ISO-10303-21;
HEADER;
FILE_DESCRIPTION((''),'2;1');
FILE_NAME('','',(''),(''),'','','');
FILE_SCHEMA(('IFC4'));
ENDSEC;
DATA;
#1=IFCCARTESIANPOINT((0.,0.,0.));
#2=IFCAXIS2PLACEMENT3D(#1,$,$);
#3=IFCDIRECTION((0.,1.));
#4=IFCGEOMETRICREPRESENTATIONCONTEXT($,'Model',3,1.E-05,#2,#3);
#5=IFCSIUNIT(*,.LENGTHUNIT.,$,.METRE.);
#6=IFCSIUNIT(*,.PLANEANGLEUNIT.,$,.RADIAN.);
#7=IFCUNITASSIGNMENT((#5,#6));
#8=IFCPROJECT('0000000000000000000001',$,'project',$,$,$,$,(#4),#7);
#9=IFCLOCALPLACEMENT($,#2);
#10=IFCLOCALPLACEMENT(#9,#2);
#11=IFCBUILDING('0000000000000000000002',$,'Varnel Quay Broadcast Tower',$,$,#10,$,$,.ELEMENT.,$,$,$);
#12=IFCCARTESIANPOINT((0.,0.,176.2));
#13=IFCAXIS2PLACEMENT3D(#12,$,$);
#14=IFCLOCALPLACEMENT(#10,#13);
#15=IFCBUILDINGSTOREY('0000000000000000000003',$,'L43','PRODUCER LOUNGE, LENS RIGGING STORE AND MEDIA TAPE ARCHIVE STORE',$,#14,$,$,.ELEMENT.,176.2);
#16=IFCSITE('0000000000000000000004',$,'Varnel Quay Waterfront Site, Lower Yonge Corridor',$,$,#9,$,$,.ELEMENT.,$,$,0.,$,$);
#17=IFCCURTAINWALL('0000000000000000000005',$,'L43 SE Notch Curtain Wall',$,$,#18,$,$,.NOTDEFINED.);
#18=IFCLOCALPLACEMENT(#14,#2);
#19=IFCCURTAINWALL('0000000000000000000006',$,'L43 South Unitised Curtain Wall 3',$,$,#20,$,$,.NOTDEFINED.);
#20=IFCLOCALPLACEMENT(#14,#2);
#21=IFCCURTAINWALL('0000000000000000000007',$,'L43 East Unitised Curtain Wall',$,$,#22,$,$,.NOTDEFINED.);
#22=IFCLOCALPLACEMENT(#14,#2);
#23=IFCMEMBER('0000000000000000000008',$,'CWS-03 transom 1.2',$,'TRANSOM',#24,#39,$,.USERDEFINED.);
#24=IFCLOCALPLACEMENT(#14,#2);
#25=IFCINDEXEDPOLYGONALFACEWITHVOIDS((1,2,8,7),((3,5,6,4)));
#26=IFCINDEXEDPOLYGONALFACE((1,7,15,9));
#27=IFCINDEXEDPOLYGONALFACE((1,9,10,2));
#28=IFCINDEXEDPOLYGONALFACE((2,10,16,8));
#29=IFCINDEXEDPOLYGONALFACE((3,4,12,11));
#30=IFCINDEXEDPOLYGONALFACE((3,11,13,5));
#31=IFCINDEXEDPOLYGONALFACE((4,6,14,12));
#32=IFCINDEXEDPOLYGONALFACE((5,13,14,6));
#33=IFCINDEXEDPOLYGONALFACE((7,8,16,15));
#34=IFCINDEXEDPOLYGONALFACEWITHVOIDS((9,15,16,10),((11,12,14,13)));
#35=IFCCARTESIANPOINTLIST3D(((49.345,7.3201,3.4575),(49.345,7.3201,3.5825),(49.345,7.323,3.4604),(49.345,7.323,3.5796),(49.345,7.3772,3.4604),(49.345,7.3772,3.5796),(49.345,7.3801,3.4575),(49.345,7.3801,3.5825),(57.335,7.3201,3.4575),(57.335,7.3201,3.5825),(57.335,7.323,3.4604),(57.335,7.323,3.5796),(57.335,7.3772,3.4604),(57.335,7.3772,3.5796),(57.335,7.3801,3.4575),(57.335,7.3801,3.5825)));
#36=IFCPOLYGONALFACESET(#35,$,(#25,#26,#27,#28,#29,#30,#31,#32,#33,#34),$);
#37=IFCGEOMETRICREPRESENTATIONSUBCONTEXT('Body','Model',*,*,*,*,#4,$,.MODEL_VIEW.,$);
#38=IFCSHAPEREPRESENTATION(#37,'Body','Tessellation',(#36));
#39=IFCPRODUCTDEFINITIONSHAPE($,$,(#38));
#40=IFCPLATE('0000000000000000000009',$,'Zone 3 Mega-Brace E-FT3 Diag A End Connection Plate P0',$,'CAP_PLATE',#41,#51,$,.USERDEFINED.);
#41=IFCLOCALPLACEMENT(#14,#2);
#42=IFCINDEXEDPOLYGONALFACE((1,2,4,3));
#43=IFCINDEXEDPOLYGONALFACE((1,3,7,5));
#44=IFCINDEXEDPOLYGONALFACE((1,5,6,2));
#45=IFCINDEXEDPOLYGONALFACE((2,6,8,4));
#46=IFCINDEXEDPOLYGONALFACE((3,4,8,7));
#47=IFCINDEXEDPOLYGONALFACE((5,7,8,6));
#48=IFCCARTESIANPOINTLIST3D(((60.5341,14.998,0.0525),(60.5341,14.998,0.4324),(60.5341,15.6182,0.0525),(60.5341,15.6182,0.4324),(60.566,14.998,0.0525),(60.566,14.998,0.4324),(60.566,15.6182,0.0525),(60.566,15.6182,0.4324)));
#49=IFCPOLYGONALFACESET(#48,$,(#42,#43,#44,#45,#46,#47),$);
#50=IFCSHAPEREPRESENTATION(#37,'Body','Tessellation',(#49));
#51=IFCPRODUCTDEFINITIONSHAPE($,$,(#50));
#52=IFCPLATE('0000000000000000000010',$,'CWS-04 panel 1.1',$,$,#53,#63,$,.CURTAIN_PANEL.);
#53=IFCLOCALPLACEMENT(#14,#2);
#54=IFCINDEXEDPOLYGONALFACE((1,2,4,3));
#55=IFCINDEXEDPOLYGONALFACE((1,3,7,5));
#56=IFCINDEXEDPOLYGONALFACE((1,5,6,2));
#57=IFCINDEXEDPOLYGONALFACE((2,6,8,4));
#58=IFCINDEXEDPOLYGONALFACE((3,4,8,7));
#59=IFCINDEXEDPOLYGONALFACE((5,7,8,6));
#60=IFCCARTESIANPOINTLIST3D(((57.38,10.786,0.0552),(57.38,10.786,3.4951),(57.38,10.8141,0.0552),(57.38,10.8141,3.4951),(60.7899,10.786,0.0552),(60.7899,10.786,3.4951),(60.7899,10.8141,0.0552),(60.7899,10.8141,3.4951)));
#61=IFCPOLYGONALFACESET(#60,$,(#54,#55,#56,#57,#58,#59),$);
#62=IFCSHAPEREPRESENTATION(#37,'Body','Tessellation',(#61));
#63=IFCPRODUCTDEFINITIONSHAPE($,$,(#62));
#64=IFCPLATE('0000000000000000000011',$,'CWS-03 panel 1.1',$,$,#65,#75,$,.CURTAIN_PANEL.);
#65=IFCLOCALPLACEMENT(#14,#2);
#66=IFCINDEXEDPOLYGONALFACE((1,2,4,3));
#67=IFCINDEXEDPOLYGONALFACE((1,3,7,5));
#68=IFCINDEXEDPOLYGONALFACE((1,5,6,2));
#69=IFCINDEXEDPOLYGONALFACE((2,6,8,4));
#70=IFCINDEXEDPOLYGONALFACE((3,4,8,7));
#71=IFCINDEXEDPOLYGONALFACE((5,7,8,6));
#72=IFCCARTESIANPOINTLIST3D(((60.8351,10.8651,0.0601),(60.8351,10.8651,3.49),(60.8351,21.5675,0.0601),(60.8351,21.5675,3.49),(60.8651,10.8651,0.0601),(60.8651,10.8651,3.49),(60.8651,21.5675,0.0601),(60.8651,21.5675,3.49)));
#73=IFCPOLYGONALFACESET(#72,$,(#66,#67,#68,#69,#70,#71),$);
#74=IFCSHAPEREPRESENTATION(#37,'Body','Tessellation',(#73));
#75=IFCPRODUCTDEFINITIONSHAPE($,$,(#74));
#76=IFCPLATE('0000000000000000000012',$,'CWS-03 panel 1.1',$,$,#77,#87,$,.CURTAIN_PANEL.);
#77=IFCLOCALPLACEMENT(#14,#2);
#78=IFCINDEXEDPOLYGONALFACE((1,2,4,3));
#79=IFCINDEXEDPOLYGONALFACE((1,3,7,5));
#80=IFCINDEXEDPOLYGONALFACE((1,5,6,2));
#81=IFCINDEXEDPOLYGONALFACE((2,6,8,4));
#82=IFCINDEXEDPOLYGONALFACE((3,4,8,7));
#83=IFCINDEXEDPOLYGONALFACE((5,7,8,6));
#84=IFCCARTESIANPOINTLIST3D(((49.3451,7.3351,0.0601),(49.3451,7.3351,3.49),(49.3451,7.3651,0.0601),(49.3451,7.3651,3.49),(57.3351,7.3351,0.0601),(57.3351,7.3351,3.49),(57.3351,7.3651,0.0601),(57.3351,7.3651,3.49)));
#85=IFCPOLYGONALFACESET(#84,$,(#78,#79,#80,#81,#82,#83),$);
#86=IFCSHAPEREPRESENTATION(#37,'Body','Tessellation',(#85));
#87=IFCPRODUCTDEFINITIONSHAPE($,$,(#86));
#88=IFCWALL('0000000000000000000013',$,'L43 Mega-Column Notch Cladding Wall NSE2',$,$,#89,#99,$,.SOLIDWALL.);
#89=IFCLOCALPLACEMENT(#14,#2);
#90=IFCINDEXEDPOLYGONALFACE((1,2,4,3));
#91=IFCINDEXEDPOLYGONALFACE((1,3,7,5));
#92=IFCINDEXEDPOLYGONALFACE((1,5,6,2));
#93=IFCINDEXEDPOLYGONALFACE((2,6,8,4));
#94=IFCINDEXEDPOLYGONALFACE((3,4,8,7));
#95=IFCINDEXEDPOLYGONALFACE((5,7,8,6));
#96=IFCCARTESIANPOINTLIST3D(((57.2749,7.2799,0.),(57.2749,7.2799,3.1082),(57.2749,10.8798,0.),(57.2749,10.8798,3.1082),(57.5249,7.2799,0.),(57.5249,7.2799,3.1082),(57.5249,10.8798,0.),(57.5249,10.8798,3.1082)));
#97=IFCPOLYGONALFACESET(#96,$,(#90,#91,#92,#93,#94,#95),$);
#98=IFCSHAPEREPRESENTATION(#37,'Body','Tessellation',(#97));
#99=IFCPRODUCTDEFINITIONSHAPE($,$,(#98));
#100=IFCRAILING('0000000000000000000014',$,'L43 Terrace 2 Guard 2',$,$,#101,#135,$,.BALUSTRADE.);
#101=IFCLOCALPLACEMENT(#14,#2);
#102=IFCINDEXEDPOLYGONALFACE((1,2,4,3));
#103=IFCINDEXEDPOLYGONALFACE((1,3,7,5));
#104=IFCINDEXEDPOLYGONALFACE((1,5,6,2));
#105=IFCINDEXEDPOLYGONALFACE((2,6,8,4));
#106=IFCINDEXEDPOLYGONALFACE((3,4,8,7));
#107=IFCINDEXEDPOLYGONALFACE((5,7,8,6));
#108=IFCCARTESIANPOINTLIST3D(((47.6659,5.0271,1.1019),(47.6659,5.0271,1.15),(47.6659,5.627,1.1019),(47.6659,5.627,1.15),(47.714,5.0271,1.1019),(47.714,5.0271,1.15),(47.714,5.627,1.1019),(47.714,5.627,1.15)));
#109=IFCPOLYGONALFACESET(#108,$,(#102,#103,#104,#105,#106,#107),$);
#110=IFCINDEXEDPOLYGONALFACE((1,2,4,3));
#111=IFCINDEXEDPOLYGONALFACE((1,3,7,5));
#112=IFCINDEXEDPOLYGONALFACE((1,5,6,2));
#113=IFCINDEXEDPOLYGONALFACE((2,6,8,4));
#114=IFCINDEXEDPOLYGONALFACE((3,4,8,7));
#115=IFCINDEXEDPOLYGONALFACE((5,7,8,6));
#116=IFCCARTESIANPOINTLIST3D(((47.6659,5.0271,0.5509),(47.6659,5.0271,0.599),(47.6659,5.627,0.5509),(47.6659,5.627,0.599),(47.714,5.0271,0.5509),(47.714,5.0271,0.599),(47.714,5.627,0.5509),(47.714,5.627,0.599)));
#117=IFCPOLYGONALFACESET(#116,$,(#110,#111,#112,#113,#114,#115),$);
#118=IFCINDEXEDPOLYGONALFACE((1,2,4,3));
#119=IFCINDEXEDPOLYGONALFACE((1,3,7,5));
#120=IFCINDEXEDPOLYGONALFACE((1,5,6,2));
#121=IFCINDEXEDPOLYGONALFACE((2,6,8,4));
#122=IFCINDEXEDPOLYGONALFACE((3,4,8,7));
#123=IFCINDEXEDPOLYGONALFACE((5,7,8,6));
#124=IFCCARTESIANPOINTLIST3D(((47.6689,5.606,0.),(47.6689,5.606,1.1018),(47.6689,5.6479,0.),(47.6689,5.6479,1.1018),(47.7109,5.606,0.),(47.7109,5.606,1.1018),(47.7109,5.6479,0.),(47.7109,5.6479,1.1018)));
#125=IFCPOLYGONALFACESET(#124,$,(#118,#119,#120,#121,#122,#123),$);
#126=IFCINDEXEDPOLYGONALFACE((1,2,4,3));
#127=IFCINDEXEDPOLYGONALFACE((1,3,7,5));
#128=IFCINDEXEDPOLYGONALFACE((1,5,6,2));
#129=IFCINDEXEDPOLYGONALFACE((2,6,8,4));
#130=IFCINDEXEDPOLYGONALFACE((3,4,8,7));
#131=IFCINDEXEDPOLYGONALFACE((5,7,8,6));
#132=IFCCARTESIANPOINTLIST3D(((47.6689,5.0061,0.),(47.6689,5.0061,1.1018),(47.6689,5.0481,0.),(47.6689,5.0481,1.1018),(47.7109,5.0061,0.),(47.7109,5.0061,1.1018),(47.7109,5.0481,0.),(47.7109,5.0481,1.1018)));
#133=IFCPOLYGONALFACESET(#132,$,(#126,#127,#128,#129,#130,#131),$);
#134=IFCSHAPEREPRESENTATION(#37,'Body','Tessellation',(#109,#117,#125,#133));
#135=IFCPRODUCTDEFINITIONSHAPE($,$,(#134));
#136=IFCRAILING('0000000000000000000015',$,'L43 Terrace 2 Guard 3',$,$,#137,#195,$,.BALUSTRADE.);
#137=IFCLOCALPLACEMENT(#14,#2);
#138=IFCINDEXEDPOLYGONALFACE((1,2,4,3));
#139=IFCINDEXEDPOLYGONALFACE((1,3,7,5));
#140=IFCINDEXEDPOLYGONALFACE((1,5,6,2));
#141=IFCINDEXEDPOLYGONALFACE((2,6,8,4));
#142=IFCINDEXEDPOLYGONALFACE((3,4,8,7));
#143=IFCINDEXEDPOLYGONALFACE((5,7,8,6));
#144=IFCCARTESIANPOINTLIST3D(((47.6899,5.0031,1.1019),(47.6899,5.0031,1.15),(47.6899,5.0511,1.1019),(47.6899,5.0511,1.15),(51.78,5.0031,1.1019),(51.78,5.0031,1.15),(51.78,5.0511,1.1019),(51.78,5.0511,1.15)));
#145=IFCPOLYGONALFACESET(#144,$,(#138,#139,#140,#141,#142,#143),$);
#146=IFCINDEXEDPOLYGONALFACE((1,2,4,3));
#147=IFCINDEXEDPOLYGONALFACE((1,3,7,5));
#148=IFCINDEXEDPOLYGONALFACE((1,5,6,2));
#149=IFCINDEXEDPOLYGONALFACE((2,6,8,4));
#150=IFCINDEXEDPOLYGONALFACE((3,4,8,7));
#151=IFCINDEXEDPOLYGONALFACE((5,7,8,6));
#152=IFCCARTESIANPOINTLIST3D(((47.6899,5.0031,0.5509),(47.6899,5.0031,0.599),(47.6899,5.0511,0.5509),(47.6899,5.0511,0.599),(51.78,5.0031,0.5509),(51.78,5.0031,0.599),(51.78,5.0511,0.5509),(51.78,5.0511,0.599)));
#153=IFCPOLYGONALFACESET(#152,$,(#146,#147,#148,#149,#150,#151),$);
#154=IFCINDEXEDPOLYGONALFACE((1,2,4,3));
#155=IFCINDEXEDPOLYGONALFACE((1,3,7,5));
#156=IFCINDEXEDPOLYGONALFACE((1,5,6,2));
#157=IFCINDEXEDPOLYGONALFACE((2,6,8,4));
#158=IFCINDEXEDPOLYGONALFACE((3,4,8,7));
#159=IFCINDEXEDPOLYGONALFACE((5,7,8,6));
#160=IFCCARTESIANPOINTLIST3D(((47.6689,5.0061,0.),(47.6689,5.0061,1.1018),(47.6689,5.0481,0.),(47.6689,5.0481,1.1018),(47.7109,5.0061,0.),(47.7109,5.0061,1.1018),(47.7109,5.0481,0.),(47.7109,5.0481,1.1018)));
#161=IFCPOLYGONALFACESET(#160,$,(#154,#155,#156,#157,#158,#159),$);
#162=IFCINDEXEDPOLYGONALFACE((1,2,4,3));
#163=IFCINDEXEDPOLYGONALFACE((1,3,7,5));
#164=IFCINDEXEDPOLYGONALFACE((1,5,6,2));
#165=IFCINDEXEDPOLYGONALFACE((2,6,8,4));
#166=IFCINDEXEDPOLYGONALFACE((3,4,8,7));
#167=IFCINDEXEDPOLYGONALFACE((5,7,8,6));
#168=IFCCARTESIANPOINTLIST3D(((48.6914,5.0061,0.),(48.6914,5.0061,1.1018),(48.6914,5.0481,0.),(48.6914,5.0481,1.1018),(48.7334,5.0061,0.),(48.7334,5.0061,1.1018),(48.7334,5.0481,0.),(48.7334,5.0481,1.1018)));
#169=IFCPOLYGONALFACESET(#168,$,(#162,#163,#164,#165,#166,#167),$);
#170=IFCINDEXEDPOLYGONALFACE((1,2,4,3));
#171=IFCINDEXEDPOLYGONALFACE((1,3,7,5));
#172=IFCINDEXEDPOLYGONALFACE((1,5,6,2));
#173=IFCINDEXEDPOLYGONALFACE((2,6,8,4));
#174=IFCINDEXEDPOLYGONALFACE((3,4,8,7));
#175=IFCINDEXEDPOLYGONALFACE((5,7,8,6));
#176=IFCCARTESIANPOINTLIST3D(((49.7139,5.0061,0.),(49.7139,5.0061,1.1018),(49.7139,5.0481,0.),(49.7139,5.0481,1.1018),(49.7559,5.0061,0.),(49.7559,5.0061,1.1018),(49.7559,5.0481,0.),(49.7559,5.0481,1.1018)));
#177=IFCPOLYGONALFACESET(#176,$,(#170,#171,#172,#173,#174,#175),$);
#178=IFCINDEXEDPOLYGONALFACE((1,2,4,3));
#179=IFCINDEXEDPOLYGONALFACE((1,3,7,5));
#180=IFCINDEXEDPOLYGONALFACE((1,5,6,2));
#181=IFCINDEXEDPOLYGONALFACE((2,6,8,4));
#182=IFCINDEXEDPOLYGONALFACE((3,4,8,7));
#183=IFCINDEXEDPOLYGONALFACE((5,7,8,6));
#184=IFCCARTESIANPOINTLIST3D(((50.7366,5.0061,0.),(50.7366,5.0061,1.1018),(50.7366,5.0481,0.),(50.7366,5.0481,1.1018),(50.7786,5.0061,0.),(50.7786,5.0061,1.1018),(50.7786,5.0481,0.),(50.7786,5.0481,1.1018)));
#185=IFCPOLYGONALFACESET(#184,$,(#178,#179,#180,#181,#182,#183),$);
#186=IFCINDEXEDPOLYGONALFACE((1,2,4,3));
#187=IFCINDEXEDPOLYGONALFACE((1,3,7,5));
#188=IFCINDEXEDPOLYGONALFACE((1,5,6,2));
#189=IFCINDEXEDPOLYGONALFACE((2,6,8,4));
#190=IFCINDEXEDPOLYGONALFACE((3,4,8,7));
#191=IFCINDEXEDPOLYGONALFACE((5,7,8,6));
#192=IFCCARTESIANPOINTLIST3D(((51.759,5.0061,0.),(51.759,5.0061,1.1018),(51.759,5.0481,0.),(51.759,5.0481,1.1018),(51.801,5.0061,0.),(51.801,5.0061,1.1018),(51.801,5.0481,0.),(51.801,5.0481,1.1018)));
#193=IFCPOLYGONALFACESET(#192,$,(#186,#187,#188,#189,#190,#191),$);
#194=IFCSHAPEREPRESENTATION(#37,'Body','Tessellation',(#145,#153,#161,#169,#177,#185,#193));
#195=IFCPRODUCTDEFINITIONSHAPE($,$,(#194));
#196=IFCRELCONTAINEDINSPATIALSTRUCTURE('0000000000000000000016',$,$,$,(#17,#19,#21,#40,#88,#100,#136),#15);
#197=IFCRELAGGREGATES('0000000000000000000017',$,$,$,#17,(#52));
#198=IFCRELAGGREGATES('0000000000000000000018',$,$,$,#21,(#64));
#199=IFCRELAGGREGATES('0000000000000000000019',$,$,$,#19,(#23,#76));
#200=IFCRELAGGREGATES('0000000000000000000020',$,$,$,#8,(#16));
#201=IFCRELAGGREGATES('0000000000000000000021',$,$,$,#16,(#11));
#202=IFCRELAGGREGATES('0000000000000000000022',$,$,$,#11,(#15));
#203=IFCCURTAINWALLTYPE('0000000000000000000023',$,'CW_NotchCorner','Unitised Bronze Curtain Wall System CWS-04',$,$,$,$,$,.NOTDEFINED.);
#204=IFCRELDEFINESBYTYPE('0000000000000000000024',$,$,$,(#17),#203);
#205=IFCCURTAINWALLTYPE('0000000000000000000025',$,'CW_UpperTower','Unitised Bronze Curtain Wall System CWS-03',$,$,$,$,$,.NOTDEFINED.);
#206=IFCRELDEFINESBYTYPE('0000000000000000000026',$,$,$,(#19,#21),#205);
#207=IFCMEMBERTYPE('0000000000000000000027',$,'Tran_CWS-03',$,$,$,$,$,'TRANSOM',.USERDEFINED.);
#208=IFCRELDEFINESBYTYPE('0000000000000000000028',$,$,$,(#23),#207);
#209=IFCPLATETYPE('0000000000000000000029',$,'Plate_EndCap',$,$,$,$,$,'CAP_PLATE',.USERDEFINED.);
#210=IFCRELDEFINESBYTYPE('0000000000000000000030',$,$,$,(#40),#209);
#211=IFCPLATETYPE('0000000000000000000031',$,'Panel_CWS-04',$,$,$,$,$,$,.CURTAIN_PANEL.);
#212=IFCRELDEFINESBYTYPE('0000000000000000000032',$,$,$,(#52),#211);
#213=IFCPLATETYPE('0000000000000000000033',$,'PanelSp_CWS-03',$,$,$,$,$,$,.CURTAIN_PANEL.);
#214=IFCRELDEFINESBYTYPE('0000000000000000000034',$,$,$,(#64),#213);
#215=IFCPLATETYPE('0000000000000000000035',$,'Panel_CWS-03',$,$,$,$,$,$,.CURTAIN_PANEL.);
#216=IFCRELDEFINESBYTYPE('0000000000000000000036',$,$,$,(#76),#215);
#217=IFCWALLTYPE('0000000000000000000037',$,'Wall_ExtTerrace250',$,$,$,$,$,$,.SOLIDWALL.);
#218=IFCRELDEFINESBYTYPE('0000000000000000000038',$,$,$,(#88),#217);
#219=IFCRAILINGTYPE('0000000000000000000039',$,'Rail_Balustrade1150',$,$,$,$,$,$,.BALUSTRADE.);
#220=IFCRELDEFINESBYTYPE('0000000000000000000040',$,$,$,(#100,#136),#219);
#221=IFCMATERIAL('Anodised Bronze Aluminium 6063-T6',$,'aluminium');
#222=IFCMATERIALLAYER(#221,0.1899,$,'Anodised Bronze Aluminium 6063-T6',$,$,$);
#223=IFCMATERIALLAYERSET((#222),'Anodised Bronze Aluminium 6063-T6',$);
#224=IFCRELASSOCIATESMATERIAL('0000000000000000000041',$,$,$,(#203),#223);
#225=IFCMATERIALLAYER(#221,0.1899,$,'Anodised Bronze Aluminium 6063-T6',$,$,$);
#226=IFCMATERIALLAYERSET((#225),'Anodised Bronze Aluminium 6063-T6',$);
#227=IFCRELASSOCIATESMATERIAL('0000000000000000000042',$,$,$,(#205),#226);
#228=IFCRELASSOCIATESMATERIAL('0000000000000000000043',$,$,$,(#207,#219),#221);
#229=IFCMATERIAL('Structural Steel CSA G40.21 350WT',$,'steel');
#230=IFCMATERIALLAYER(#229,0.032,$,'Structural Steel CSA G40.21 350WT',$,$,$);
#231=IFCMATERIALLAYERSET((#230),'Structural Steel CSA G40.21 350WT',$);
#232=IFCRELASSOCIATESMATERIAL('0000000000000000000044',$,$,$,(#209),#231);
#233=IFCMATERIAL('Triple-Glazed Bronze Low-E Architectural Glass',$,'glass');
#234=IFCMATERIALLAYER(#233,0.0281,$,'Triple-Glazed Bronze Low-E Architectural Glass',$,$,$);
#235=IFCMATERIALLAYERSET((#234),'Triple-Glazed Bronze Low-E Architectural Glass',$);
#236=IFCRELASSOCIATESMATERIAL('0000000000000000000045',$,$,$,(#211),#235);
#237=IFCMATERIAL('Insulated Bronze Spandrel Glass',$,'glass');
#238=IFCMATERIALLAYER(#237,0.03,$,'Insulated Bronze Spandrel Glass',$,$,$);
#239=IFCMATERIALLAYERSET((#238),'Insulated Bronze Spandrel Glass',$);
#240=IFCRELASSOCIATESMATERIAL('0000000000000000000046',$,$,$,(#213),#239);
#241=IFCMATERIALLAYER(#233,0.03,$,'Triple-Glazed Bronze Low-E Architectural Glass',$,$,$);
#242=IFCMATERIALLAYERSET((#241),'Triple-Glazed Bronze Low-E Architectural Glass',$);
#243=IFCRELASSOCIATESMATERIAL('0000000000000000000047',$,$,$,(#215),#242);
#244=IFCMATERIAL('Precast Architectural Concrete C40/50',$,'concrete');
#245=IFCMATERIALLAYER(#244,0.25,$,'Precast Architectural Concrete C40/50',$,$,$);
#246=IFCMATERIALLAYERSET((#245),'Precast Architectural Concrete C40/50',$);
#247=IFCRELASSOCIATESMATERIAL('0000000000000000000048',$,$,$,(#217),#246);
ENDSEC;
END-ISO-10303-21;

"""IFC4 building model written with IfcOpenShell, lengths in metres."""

from ifc_helpers import new_model, si_unit, direction, frame, frame_2d, origin, origin_2d, place, context, subcontext, project, spatial, rectangle, hollow_rectangle, extrude, source, transform, mapped, material, layer, layer_set, material_profile, profile_set, type_object, type_shapes, element, aggregate, save


model = new_model("IFC4")

# Units and contexts
model_context = context("Model", 3, precision=1e-05, world=origin(), true_north=direction((0.0, 1.0)))
body_context = subcontext(model_context, "Body", "Model", "MODEL_VIEW")
ifc_project = project(units=[si_unit("LENGTHUNIT", "METRE"), si_unit("PLANEANGLEUNIT", "RADIAN")], contexts=[model_context])

# Site, building, storey
site_placement = place(None, origin())
site = spatial("IfcSite", under=ifc_project, at=site_placement, Name="Varnel Quay Waterfront Site, Lower Yonge Corridor", CompositionType="ELEMENT", RefElevation=0.0)
building_placement = place(site_placement, origin())
building = spatial("IfcBuilding", under=site, at=building_placement, Name="Varnel Quay Broadcast Tower", CompositionType="ELEMENT")
storey_placement = place(building_placement, frame((0.0, 0.0, 176.2)))
storey = spatial("IfcBuildingStorey", under=building, at=storey_placement, Name="L43", Description="PRODUCER LOUNGE, LENS RIGGING STORE AND MEDIA TAPE ARCHIVE STORE", CompositionType="ELEMENT", Elevation=176.2)

# Shared definitions
ifc_material_1 = material(Name="Structural Steel CSA G40.21 350WT", Category="steel")

# Curtain walls
ifc_material_2 = material(Name="Anodised Bronze Aluminium 6063-T6", Category="aluminium")
ifc_layer_1 = layer(ifc_material_2, 0.1899, Name="Anodised Bronze Aluminium 6063-T6")
ifc_layer_set_1 = layer_set([ifc_layer_1], Name="Anodised Bronze Aluminium 6063-T6")
curtain_wall_type_1 = type_object("IfcCurtainWallType", Name="CW_NotchCorner", Description="Unitised Bronze Curtain Wall System CWS-04", PredefinedType="NOTDEFINED", material=ifc_layer_set_1)
curtain_wall_1_placement = place(storey_placement, origin())
curtain_wall_1 = element("IfcCurtainWall", 1, at=curtain_wall_1_placement, inside=storey, type_object=curtain_wall_type_1, Name="L43 SE Notch Curtain Wall", PredefinedType="NOTDEFINED")
ifc_layer_2 = layer(ifc_material_2, 0.1899, Name="Anodised Bronze Aluminium 6063-T6")
ifc_layer_set_2 = layer_set([ifc_layer_2], Name="Anodised Bronze Aluminium 6063-T6")
curtain_wall_type_2 = type_object("IfcCurtainWallType", Name="CW_UpperTower", Description="Unitised Bronze Curtain Wall System CWS-03", PredefinedType="NOTDEFINED", material=ifc_layer_set_2)
curtain_wall_2_placement = place(storey_placement, origin())
curtain_wall_2 = element("IfcCurtainWall", 2, at=curtain_wall_2_placement, inside=storey, type_object=curtain_wall_type_2, Name="L43 South Unitised Curtain Wall 3", PredefinedType="NOTDEFINED")
curtain_wall_3_placement = place(storey_placement, origin())
curtain_wall_3 = element("IfcCurtainWall", 3, at=curtain_wall_3_placement, inside=storey, type_object=curtain_wall_type_2, Name="L43 East Unitised Curtain Wall", PredefinedType="NOTDEFINED")
ifc_material_profile_1 = material_profile(ifc_material_2, hollow_rectangle(XDim=0.0601, YDim=0.125, WallThickness=0.0029, at=origin_2d()), Name="ALU60X125X3")
ifc_profile_set_1 = profile_set([ifc_material_profile_1], Name="Anodised Bronze Aluminium 6063-T6")
member_type_1 = type_object("IfcMemberType", Name="Tran_CWS-03", ElementType="TRANSOM", PredefinedType="USERDEFINED", material=ifc_profile_set_1)

# Member
shared_shape_1 = source(origin(), body_context, "Body", "SweptSolid", [
    extrude(hollow_rectangle(XDim=0.0601, YDim=0.125, WallThickness=0.0029, at=origin_2d()), origin(), (0.0, 0.0, 1.0), 7.99),
])
member_1_placement = place(storey_placement, frame((49.345, 7.3501, 3.52), z_axis=(1.0, 0.0, 0.0), x_axis=(0.0, 1.0, 0.0)))
member_1 = element("IfcMember", 4, at=member_1_placement, type_object=member_type_1, Name="CWS-03 transom 1.2", ObjectType="TRANSOM", PredefinedType="USERDEFINED", context=body_context, shape_type="MappedRepresentation", body=[
    mapped(shared_shape_1, transform((0.0, 0.0, 0.0), x_axis=(1.0, 0.0, 0.0), y_axis=(0.0, 1.0, 0.0), z_axis=(0.0, 0.0, 1.0), scale=1.0)),
])

# Plates
ifc_layer_3 = layer(ifc_material_1, 0.032, Name="Structural Steel CSA G40.21 350WT")
ifc_layer_set_3 = layer_set([ifc_layer_3], Name="Structural Steel CSA G40.21 350WT")
plate_type_1 = type_object("IfcPlateType", Name="Plate_EndCap", ElementType="CAP_PLATE", PredefinedType="USERDEFINED", material=ifc_layer_set_3)
shared_shape_2 = source(origin(), body_context, "Body", "SweptSolid", [
    extrude(rectangle(XDim=0.6201, YDim=0.032, at=origin_2d()), origin(), (0.0, 0.0, 1.0), 0.3799),
])
type_shapes(plate_type_1, [shared_shape_2])
plate_1_placement = place(storey_placement, frame((60.55, 15.3081, 0.0525), z_axis=(0.0, 0.0, 1.0), x_axis=(0.0, 1.0, 0.0)))
element("IfcPlate", 5, at=plate_1_placement, inside=storey, type_object=plate_type_1, Name="Zone 3 Mega-Brace E-FT3 Diag A End Connection Plate P0", ObjectType="CAP_PLATE", PredefinedType="USERDEFINED", context=body_context, shape_type="MappedRepresentation", body=[
    mapped(shared_shape_2, transform((0.0, 0.0, 0.0), x_axis=(1.0, 0.0, 0.0), y_axis=(0.0, 1.0, 0.0), z_axis=(0.0, 0.0, 1.0), scale=1.0)),
])
ifc_material_3 = material(Name="Triple-Glazed Bronze Low-E Architectural Glass", Category="glass")
ifc_layer_4 = layer(ifc_material_3, 0.0281, Name="Triple-Glazed Bronze Low-E Architectural Glass")
ifc_layer_set_4 = layer_set([ifc_layer_4], Name="Triple-Glazed Bronze Low-E Architectural Glass")
plate_type_2 = type_object("IfcPlateType", Name="Panel_CWS-04", PredefinedType="CURTAIN_PANEL", material=ifc_layer_set_4)
shared_shape_3 = source(origin(), body_context, "Body", "SweptSolid", [
    extrude(rectangle(XDim=3.4099, YDim=0.0281, at=origin_2d()), origin(), (0.0, 0.0, 1.0), 3.4399),
])
type_shapes(plate_type_2, [shared_shape_3])
plate_2_placement = place(storey_placement, frame((59.085, 10.8, 0.0552), z_axis=(0.0, 0.0, 1.0), x_axis=(1.0, 0.0, 0.0)))
plate_2 = element("IfcPlate", 6, at=plate_2_placement, type_object=plate_type_2, Name="CWS-04 panel 1.1", PredefinedType="CURTAIN_PANEL", context=body_context, shape_type="MappedRepresentation", body=[
    mapped(shared_shape_3, transform((0.0, 0.0, 0.0), x_axis=(1.0, 0.0, 0.0), y_axis=(0.0, 1.0, 0.0), z_axis=(0.0, 0.0, 1.0), scale=1.0)),
])
aggregate(curtain_wall_1, [plate_2])
ifc_material_4 = material(Name="Insulated Bronze Spandrel Glass", Category="glass")
ifc_layer_5 = layer(ifc_material_4, 0.03, Name="Insulated Bronze Spandrel Glass")
ifc_layer_set_5 = layer_set([ifc_layer_5], Name="Insulated Bronze Spandrel Glass")
plate_type_3 = type_object("IfcPlateType", Name="PanelSp_CWS-03", PredefinedType="CURTAIN_PANEL", material=ifc_layer_set_5)
shared_shape_4 = source(origin(), body_context, "Body", "SweptSolid", [
    extrude(rectangle(XDim=10.7024, YDim=0.03, at=origin_2d()), origin(), (0.0, 0.0, 1.0), 3.4299),
])
type_shapes(plate_type_3, [shared_shape_4])
plate_3_placement = place(storey_placement, frame((60.8501, 16.2163, 0.0601), z_axis=(0.0, 0.0, 1.0), x_axis=(0.0, 1.0, 0.0)))
plate_3 = element("IfcPlate", 7, at=plate_3_placement, type_object=plate_type_3, Name="CWS-03 panel 1.1", PredefinedType="CURTAIN_PANEL", context=body_context, shape_type="MappedRepresentation", body=[
    mapped(shared_shape_4, transform((0.0, 0.0, 0.0), x_axis=(1.0, 0.0, 0.0), y_axis=(0.0, 1.0, 0.0), z_axis=(0.0, 0.0, 1.0), scale=1.0)),
])
aggregate(curtain_wall_3, [plate_3])
ifc_layer_6 = layer(ifc_material_3, 0.03, Name="Triple-Glazed Bronze Low-E Architectural Glass")
ifc_layer_set_6 = layer_set([ifc_layer_6], Name="Triple-Glazed Bronze Low-E Architectural Glass")
plate_type_4 = type_object("IfcPlateType", Name="Panel_CWS-03", PredefinedType="CURTAIN_PANEL", material=ifc_layer_set_6)
shared_shape_5 = source(origin(), body_context, "Body", "SweptSolid", [
    extrude(rectangle(XDim=7.99, YDim=0.03, at=origin_2d()), origin(), (0.0, 0.0, 1.0), 3.4299),
])
type_shapes(plate_type_4, [shared_shape_5])
plate_4_placement = place(storey_placement, frame((53.3401, 7.3501, 0.0601), z_axis=(0.0, 0.0, 1.0), x_axis=(1.0, 0.0, 0.0)))
plate_4 = element("IfcPlate", 8, at=plate_4_placement, type_object=plate_type_4, Name="CWS-03 panel 1.1", PredefinedType="CURTAIN_PANEL", context=body_context, shape_type="MappedRepresentation", body=[
    mapped(shared_shape_5, transform((0.0, 0.0, 0.0), x_axis=(1.0, 0.0, 0.0), y_axis=(0.0, 1.0, 0.0), z_axis=(0.0, 0.0, 1.0), scale=1.0)),
])
aggregate(curtain_wall_2, [member_1, plate_4])

# Wall
ifc_material_5 = material(Name="Precast Architectural Concrete C40/50", Category="concrete")
ifc_layer_7 = layer(ifc_material_5, 0.25, Name="Precast Architectural Concrete C40/50")
ifc_layer_set_7 = layer_set([ifc_layer_7], Name="Precast Architectural Concrete C40/50")
wall_type = type_object("IfcWallType", Name="Wall_ExtTerrace250", PredefinedType="SOLIDWALL", material=ifc_layer_set_7)
wall_placement = place(storey_placement, frame((57.3999, 7.28, 0.0), z_axis=(0.0, 0.0, 1.0), x_axis=(0.0, 1.0, 0.0)))
element("IfcWall", 9, at=wall_placement, inside=storey, type_object=wall_type, Name="L43 Mega-Column Notch Cladding Wall NSE2", PredefinedType="SOLIDWALL", context=body_context, shape_type="SweptSolid", body=[
    extrude(rectangle(XDim=3.5999, YDim=0.25, at=frame_2d((1.7998, 0.0))), origin(), (0.0, 0.0, 1.0), 3.1082),
])

# Railings
railing_type = type_object("IfcRailingType", Name="Rail_Balustrade1150", PredefinedType="BALUSTRADE", material=ifc_material_2)
railing_1_placement = place(storey_placement, frame((47.6899, 5.627, 0.0)))
element("IfcRailing", 10, at=railing_1_placement, inside=storey, type_object=railing_type, Name="L43 Terrace 2 Guard 2", PredefinedType="BALUSTRADE", context=body_context, shape_type="SweptSolid", body=[
    extrude(rectangle(XDim=0.0481, YDim=0.0481, at=origin_2d()), frame((0.0, 0.0, 1.126), z_axis=(0.0, -1.0, 0.0), x_axis=(1.0, 0.0, 0.0)), (0.0, 0.0, 1.0), 0.5999),
    extrude(rectangle(XDim=0.0481, YDim=0.0481, at=origin_2d()), frame((0.0, 0.0, 0.575), z_axis=(0.0, -1.0, 0.0), x_axis=(1.0, 0.0, 0.0)), (0.0, 0.0, 1.0), 0.5999),
    extrude(rectangle(XDim=0.042, YDim=0.042, at=origin_2d()), origin(), (0.0, 0.0, 1.0), 1.1018),
    extrude(rectangle(XDim=0.042, YDim=0.042, at=origin_2d()), frame((0.0, -0.5999, 0.0)), (0.0, 0.0, 1.0), 1.1018),
])
railing_2_placement = place(storey_placement, frame((47.6899, 5.0271, 0.0)))
element("IfcRailing", 11, at=railing_2_placement, inside=storey, type_object=railing_type, Name="L43 Terrace 2 Guard 3", PredefinedType="BALUSTRADE", context=body_context, shape_type="SweptSolid", body=[
    extrude(rectangle(XDim=0.0481, YDim=0.0481, at=origin_2d()), frame((0.0, 0.0, 1.126), z_axis=(1.0, 0.0, 0.0), x_axis=(0.0, 1.0, 0.0)), (0.0, 0.0, 1.0), 4.0901),
    extrude(rectangle(XDim=0.0481, YDim=0.0481, at=origin_2d()), frame((0.0, 0.0, 0.575), z_axis=(1.0, 0.0, 0.0), x_axis=(0.0, 1.0, 0.0)), (0.0, 0.0, 1.0), 4.0901),
    extrude(rectangle(XDim=0.042, YDim=0.042, at=origin_2d()), origin(), (0.0, 0.0, 1.0), 1.1018),
    extrude(rectangle(XDim=0.042, YDim=0.042, at=origin_2d()), frame((1.0225, 0.0, 0.0)), (0.0, 0.0, 1.0), 1.1018),
    extrude(rectangle(XDim=0.042, YDim=0.042, at=origin_2d()), frame((2.0449, 0.0, 0.0)), (0.0, 0.0, 1.0), 1.1018),
    extrude(rectangle(XDim=0.042, YDim=0.042, at=origin_2d()), frame((3.0676, 0.0, 0.0)), (0.0, 0.0, 1.0), 1.1018),
    extrude(rectangle(XDim=0.042, YDim=0.042, at=origin_2d()), frame((4.0901, 0.0, 0.0)), (0.0, 0.0, 1.0), 1.1018),
])

save(model, "model.ifc")
